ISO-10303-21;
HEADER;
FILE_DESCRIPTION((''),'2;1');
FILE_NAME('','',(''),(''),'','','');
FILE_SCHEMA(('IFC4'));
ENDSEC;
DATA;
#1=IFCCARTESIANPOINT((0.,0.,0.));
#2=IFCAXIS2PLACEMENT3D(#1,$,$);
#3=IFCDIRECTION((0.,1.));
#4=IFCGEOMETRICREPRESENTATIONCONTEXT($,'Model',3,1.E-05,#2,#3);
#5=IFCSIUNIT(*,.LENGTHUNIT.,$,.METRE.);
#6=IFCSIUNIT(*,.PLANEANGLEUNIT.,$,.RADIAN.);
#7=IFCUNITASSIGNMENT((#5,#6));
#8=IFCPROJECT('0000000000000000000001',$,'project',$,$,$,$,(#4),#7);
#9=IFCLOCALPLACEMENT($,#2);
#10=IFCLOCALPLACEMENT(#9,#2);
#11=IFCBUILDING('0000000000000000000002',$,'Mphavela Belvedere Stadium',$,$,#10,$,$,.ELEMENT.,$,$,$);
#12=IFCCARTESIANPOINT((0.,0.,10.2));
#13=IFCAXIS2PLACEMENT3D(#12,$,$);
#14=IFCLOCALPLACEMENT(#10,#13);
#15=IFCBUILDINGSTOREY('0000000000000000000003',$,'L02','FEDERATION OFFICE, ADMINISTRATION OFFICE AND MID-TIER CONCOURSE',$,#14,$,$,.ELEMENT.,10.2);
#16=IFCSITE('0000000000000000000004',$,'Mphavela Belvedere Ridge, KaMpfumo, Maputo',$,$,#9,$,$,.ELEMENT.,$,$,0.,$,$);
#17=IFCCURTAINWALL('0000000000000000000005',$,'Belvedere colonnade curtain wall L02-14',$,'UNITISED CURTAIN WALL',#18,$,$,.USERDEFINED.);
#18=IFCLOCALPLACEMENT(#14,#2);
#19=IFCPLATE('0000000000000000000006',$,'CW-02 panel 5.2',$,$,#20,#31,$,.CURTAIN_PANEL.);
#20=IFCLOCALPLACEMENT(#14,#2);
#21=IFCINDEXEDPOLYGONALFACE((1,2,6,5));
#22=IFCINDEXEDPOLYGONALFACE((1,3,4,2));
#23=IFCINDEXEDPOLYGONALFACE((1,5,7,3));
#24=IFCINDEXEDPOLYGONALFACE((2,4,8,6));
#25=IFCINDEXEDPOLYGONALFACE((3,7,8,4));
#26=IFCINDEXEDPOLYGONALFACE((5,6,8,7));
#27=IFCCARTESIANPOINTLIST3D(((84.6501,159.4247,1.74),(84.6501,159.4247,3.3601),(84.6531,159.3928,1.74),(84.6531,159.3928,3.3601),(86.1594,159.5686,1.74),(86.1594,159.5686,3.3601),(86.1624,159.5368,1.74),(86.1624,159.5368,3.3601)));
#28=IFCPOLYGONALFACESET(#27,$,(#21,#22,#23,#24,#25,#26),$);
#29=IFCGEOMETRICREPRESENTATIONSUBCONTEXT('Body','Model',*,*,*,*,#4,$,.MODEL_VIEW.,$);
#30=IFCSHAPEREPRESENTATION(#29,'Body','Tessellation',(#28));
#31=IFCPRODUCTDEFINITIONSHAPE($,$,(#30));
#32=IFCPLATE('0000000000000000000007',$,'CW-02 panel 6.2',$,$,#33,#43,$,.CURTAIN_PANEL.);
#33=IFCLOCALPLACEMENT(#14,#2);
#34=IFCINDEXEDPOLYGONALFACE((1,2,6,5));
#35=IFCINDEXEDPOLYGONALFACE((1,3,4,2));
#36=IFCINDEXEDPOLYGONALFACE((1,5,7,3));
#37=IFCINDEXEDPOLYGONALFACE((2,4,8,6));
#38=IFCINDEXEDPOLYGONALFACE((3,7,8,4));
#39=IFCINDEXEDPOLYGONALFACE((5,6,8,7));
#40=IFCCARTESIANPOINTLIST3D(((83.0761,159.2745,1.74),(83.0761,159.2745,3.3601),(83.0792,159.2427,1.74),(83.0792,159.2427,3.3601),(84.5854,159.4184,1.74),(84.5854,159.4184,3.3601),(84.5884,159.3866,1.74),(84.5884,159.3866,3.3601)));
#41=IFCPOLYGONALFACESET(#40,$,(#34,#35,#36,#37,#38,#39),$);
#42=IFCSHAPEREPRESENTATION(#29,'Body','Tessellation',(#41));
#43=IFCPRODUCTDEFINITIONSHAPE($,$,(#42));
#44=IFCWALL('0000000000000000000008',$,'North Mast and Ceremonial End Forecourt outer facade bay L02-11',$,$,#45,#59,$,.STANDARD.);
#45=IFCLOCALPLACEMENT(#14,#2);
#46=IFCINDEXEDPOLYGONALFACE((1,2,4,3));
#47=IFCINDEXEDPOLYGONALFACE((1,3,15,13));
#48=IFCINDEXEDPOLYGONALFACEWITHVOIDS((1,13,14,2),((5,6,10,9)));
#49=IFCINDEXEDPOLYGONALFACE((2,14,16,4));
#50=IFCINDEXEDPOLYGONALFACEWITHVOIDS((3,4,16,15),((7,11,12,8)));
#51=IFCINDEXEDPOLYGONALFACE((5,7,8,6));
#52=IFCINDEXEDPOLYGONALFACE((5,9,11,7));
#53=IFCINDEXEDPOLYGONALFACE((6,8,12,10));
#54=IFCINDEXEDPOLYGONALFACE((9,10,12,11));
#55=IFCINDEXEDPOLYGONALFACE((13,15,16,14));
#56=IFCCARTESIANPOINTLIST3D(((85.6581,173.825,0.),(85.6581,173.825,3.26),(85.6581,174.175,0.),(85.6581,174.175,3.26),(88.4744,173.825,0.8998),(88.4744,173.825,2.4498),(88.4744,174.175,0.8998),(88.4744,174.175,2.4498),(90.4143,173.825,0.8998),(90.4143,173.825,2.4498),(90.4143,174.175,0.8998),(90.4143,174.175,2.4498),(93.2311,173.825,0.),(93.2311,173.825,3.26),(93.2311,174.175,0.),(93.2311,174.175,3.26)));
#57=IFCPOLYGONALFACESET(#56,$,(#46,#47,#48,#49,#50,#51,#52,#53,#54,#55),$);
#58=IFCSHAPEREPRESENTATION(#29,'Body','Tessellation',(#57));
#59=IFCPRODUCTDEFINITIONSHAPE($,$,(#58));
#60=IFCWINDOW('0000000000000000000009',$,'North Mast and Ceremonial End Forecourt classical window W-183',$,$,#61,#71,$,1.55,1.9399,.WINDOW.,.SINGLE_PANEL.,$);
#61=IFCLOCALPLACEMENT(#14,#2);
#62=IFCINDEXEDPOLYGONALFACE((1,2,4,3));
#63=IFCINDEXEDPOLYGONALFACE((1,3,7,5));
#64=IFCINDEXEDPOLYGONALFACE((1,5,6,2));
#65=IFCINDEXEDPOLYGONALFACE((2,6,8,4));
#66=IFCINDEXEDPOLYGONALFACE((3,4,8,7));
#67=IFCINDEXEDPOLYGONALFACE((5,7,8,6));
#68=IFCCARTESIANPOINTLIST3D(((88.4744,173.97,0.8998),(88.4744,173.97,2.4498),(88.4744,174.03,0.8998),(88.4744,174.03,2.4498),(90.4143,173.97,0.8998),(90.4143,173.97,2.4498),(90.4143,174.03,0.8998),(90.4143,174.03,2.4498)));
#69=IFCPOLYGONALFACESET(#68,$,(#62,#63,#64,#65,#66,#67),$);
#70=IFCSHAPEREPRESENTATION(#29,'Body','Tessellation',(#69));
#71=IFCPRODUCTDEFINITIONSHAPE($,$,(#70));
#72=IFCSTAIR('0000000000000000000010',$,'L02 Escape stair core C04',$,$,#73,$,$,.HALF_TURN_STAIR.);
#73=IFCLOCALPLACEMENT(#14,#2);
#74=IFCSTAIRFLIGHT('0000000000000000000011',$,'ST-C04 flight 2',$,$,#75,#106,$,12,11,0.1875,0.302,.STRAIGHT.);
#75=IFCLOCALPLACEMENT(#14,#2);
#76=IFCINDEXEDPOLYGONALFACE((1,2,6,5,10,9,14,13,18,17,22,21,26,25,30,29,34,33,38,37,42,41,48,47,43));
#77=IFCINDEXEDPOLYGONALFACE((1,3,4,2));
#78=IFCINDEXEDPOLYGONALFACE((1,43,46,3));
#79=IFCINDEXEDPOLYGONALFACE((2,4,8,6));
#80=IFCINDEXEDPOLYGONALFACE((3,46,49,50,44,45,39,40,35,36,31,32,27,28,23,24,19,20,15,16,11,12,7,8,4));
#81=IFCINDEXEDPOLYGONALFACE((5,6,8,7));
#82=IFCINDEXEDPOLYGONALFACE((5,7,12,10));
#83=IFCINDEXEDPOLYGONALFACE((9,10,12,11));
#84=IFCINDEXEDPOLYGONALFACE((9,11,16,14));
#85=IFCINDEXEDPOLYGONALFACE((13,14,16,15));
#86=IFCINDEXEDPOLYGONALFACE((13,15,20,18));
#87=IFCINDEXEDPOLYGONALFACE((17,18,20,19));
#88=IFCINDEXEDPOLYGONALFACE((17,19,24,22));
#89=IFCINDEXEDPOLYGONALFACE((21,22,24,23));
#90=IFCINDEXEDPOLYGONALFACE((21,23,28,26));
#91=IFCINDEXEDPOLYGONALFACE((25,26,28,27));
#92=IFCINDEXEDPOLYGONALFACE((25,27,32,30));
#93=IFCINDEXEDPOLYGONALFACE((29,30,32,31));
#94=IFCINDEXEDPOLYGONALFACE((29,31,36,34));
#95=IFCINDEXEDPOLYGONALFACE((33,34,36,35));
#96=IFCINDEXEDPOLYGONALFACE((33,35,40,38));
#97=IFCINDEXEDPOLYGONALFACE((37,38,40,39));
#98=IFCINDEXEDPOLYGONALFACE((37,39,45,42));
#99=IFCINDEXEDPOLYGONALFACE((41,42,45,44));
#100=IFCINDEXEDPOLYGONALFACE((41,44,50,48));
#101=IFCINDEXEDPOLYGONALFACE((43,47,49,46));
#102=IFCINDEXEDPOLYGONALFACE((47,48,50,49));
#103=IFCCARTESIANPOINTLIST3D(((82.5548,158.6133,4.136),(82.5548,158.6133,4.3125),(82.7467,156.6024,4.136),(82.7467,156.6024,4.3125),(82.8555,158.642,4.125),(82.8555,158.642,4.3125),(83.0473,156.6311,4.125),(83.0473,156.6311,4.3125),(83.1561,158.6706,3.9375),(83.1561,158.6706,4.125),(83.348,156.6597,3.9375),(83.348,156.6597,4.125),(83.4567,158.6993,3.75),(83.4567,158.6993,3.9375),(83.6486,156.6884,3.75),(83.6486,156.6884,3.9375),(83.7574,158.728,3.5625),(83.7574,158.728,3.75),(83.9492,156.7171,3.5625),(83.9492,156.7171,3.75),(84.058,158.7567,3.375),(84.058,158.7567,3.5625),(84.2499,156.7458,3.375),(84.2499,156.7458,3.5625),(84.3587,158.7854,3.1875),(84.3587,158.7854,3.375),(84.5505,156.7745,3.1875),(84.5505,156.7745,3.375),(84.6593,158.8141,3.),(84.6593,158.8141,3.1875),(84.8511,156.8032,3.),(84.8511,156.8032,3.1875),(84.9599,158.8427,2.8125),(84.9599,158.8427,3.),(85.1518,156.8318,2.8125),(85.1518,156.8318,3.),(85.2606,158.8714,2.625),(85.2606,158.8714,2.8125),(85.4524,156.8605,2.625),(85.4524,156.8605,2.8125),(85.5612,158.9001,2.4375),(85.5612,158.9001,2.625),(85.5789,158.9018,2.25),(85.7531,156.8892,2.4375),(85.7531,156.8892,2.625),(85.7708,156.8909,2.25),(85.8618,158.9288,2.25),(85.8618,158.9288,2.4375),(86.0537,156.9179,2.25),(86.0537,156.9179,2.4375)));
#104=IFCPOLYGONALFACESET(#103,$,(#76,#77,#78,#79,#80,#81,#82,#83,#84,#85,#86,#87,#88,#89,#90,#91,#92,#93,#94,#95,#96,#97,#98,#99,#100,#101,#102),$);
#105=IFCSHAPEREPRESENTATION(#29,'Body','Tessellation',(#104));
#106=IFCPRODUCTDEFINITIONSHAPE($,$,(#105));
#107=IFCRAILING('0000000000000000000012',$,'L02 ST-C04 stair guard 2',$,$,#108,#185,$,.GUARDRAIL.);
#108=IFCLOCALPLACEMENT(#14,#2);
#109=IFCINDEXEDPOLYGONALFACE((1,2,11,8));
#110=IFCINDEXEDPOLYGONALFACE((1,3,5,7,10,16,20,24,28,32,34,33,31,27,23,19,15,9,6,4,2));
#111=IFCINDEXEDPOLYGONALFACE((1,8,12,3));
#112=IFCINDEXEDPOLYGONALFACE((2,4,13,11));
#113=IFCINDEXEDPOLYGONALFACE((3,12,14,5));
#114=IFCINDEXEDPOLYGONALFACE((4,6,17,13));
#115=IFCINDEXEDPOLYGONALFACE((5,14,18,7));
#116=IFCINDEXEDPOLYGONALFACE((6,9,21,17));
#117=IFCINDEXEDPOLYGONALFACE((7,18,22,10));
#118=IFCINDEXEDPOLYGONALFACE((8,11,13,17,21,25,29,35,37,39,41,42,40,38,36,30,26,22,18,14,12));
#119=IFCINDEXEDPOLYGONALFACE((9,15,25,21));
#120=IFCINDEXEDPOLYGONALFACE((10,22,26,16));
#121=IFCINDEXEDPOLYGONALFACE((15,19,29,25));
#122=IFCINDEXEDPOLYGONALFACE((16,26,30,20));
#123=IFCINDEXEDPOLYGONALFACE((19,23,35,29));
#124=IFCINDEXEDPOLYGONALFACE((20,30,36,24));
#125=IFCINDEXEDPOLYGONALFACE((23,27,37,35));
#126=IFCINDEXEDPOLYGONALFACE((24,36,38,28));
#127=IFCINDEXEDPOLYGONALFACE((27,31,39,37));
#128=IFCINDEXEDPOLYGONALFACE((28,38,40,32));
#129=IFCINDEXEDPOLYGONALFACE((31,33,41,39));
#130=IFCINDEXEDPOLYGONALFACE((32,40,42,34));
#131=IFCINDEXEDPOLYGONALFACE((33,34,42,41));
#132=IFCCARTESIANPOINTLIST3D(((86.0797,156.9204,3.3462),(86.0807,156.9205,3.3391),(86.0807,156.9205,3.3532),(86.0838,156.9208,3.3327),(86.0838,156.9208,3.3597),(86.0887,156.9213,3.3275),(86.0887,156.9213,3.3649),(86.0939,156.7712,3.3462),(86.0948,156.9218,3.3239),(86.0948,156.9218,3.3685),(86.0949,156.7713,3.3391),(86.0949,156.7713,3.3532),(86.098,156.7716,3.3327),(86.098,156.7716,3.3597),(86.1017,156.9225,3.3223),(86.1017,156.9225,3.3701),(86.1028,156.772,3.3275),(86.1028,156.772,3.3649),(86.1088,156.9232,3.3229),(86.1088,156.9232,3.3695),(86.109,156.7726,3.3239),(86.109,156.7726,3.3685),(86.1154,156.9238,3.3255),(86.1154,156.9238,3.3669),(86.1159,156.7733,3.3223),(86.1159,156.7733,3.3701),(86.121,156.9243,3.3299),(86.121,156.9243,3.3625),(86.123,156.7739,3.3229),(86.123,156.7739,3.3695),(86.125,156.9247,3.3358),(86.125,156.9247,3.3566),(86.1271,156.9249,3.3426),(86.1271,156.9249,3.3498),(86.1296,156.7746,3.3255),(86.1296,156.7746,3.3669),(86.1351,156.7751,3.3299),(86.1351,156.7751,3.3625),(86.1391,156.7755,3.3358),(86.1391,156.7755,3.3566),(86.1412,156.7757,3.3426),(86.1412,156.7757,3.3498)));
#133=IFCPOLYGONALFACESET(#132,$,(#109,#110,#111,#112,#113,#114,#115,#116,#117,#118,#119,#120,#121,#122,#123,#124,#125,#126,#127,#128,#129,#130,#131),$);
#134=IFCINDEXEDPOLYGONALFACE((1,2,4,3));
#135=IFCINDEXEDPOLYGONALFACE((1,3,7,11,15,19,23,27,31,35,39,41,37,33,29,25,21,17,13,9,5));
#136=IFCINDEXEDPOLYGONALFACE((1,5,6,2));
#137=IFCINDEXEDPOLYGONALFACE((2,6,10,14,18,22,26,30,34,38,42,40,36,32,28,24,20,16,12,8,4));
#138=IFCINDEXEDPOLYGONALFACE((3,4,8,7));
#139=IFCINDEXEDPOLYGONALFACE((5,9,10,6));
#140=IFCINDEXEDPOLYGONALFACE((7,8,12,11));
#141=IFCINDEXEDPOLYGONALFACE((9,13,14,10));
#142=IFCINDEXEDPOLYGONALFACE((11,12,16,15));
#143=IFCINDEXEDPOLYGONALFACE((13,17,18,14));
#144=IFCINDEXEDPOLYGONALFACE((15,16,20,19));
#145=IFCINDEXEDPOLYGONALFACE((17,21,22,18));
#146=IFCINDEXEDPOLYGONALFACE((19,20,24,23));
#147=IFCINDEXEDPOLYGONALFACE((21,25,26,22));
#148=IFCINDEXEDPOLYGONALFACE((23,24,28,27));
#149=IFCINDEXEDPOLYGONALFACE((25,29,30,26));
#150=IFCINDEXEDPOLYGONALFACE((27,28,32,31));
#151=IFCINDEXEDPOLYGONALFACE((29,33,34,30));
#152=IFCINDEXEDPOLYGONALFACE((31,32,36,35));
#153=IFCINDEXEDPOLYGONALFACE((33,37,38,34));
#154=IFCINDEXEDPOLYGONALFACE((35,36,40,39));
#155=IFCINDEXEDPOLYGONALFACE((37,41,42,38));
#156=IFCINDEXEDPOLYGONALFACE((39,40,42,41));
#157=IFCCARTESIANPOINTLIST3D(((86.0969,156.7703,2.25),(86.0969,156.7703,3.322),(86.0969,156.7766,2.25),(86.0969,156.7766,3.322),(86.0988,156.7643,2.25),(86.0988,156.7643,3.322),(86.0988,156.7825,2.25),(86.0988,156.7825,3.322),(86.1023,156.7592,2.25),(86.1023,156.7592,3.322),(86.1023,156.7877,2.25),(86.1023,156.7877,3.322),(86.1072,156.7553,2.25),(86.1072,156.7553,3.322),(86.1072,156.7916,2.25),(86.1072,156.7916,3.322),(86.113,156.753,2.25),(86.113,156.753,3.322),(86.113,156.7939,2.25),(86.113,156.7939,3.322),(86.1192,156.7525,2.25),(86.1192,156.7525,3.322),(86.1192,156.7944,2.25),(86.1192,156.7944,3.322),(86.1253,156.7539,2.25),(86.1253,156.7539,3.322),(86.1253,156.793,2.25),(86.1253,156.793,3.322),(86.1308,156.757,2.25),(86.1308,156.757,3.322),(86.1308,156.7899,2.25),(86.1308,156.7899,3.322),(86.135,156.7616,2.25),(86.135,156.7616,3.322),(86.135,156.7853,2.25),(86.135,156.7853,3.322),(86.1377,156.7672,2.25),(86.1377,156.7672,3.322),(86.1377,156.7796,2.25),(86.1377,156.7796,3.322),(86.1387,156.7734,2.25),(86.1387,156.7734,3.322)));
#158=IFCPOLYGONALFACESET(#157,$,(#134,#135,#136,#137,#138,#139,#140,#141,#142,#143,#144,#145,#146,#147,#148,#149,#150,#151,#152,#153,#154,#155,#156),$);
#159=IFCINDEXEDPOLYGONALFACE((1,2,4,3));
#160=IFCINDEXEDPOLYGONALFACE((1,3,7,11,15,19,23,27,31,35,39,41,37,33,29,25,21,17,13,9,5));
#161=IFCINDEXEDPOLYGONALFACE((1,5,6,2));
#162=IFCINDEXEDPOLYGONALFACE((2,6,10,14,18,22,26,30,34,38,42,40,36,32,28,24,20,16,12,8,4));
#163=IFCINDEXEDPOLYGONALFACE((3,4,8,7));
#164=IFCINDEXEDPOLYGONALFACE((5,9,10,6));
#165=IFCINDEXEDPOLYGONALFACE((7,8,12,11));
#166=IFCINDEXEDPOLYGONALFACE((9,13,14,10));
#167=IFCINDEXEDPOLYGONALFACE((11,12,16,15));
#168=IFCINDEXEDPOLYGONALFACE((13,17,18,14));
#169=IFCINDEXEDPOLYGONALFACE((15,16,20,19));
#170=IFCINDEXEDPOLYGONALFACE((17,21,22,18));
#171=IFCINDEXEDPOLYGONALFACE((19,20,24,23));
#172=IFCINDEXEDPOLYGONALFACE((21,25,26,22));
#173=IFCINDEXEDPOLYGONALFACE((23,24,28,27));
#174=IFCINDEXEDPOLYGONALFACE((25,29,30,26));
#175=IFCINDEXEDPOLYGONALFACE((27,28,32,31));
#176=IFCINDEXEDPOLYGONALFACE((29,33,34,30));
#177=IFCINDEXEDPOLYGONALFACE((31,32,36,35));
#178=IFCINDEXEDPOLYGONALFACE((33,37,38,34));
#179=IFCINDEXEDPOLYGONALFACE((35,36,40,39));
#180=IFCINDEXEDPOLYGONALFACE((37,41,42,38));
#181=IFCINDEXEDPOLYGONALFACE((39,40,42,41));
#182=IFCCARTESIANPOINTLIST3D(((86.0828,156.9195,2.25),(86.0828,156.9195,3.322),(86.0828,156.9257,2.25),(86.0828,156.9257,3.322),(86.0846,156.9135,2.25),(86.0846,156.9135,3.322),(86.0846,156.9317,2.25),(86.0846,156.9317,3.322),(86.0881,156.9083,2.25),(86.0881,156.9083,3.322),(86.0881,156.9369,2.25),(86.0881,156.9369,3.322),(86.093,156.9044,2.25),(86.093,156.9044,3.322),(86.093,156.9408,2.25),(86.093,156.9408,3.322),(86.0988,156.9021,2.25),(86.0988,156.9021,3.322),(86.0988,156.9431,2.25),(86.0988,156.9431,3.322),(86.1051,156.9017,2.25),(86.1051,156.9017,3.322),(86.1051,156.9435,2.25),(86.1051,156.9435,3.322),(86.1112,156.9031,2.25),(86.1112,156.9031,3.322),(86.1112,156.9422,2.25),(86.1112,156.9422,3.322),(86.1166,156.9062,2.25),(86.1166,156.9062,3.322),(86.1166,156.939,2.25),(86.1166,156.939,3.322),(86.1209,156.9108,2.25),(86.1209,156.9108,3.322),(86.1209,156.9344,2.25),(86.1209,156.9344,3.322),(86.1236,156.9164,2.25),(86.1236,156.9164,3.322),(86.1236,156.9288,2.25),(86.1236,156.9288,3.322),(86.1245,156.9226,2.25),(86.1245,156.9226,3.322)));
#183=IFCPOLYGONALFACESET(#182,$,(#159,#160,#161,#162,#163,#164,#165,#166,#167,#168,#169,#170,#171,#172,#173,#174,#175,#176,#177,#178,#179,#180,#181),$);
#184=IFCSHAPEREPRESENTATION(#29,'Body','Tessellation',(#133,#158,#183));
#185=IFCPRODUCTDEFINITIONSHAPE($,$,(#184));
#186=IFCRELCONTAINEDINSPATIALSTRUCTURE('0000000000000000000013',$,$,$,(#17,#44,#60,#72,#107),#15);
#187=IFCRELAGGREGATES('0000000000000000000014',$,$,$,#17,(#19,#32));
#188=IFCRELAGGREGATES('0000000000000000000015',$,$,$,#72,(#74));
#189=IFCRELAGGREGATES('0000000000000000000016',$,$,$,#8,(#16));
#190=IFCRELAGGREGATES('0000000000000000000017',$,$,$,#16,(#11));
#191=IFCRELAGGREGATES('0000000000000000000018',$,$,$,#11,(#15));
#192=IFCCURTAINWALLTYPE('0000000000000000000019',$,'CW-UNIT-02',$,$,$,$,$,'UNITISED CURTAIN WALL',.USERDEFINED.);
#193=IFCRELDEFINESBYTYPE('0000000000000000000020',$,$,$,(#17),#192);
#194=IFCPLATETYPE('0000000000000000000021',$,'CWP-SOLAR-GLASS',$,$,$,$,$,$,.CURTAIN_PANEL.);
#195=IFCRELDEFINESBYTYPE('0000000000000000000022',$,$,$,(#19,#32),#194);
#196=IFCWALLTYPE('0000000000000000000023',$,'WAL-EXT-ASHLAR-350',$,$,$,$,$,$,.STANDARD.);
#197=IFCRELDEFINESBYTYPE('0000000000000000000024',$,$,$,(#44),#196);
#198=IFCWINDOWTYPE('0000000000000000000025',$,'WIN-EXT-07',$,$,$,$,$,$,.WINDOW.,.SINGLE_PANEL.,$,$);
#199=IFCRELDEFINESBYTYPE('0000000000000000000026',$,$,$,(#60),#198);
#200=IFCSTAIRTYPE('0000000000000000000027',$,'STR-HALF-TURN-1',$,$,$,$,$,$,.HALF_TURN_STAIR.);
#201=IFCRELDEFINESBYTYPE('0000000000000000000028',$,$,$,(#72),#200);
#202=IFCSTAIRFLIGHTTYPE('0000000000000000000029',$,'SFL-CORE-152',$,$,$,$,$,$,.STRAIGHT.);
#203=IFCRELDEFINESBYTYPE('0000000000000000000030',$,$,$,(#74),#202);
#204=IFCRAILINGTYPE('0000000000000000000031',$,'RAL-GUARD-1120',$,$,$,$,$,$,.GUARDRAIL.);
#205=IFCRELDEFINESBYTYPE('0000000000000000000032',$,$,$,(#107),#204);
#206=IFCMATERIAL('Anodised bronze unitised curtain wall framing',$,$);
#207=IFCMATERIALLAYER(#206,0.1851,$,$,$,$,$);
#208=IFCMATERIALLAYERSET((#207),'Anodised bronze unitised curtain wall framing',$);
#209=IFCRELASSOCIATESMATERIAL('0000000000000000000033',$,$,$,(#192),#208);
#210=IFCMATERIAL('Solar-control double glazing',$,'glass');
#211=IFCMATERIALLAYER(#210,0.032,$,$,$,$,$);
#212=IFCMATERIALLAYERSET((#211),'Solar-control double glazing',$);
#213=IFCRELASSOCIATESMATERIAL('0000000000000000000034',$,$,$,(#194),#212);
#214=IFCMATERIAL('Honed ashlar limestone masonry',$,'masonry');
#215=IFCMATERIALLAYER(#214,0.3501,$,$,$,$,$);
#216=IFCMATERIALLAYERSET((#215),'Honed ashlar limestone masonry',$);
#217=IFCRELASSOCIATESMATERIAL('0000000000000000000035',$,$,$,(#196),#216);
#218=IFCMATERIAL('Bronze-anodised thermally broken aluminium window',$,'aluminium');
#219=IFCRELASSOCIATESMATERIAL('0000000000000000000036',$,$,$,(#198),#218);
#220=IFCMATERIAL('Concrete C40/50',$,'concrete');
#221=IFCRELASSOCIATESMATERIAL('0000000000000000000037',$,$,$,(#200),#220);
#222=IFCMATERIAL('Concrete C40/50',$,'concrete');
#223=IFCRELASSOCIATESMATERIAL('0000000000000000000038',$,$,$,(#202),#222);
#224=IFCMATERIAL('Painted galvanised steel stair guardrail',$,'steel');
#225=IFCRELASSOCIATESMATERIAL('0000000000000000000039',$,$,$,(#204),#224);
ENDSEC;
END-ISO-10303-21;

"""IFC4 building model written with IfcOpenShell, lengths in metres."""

from ifc_helpers import new_model, si_unit, direction, frame, frame_2d, origin, origin_2d, place, context, subcontext, project, spatial, polyline, rectangle, circle, outline, extrude, material, layer, layer_set, type_object, element, fill, aggregate, save


model = new_model("IFC4")

# Units and contexts
model_context = context("Model", 3, precision=1e-05, world=origin(), true_north=direction((0.0, 1.0)))
body_context = subcontext(model_context, "Body", "Model", "MODEL_VIEW")
ifc_project = project(units=[si_unit("LENGTHUNIT", "METRE"), si_unit("PLANEANGLEUNIT", "RADIAN")], contexts=[model_context])

# Site, building, storey
site_placement = place(None, origin())
site = spatial("IfcSite", under=ifc_project, at=site_placement, Name="Mphavela Belvedere Ridge, KaMpfumo, Maputo", CompositionType="ELEMENT", RefElevation=0.0)
building_placement = place(site_placement, origin())
building = spatial("IfcBuilding", under=site, at=building_placement, Name="Mphavela Belvedere Stadium", CompositionType="ELEMENT")
storey_placement = place(building_placement, frame((0.0, 0.0, 10.2)))
storey = spatial("IfcBuildingStorey", under=building, at=storey_placement, Name="L02", Description="FEDERATION OFFICE, ADMINISTRATION OFFICE AND MID-TIER CONCOURSE", CompositionType="ELEMENT", Elevation=10.2)

# Curtain wall, plates
ifc_material_1 = material(Name="Anodised bronze unitised curtain wall framing")
ifc_layer_1 = layer(ifc_material_1, 0.1851)
ifc_layer_set_1 = layer_set([ifc_layer_1], Name="Anodised bronze unitised curtain wall framing")
curtain_wall_type = type_object("IfcCurtainWallType", Name="CW-UNIT-02", ElementType="UNITISED CURTAIN WALL", PredefinedType="USERDEFINED", material=ifc_layer_set_1)
curtain_wall_placement = place(storey_placement, origin())
curtain_wall = element("IfcCurtainWall", 1, at=curtain_wall_placement, inside=storey, type_object=curtain_wall_type, Name="Belvedere colonnade curtain wall L02-14", ObjectType="UNITISED CURTAIN WALL", PredefinedType="USERDEFINED")
ifc_material_2 = material(Name="Solar-control double glazing", Category="glass")
ifc_layer_2 = layer(ifc_material_2, 0.032)
ifc_layer_set_2 = layer_set([ifc_layer_2], Name="Solar-control double glazing")
plate_type = type_object("IfcPlateType", Name="CWP-SOLAR-GLASS", PredefinedType="CURTAIN_PANEL", material=ifc_layer_set_2)
plate_1_placement = place(storey_placement, frame((85.4062, 159.4807, 1.74), z_axis=(0.0, 0.0, 1.0), x_axis=(-0.995484, -0.094926, 0.0)))
plate_1 = element("IfcPlate", 2, at=plate_1_placement, type_object=plate_type, Name="CW-02 panel 5.2", PredefinedType="CURTAIN_PANEL", context=body_context, shape_type="SweptSolid", body=[
    extrude(rectangle(XDim=1.5161, YDim=0.032, at=origin_2d()), origin(), (0.0, 0.0, 1.0), 1.6201),
])
plate_2_placement = place(storey_placement, frame((83.8323, 159.3306, 1.74), z_axis=(0.0, 0.0, 1.0), x_axis=(-0.995484, -0.094926, 0.0)))
plate_2 = element("IfcPlate", 3, at=plate_2_placement, type_object=plate_type, Name="CW-02 panel 6.2", PredefinedType="CURTAIN_PANEL", context=body_context, shape_type="SweptSolid", body=[
    extrude(rectangle(XDim=1.5161, YDim=0.032, at=origin_2d()), origin(), (0.0, 0.0, 1.0), 1.6201),
])
aggregate(curtain_wall, [plate_1, plate_2])

# Wall, opening, window
ifc_material_3 = material(Name="Honed ashlar limestone masonry", Category="masonry")
ifc_layer_3 = layer(ifc_material_3, 0.3501)
ifc_layer_set_3 = layer_set([ifc_layer_3], Name="Honed ashlar limestone masonry")
wall_type = type_object("IfcWallType", Name="WAL-EXT-ASHLAR-350", PredefinedType="STANDARD", material=ifc_layer_set_3)
wall_placement = place(storey_placement, frame((85.658, 174.0, 0.0), z_axis=(0.0, 0.0, 1.0), x_axis=(1.0, 0.0, 0.0)))
wall = element("IfcWall", 4, at=wall_placement, inside=storey, type_object=wall_type, Name="North Mast and Ceremonial End Forecourt outer facade bay L02-11", PredefinedType="STANDARD", context=body_context, shape_type="SweptSolid", body=[
    extrude(rectangle(XDim=7.573, YDim=0.3501, at=frame_2d((3.7866, 0.0))), origin(), (0.0, 0.0, 1.0), 3.26),
])
opening_placement = place(wall_placement, frame((2.8164, 0.0, 0.8999)))
opening = element("IfcOpeningElement", 5, at=opening_placement, cuts=wall, PredefinedType="OPENING", context=body_context, shape_type="SweptSolid", body=[
    extrude(rectangle(XDim=1.9399, YDim=1.55, at=frame_2d((0.97, 0.7749))), frame((0.0, 0.1851, 0.0), z_axis=(0.0, -1.0, 0.0), x_axis=(1.0, 0.0, 0.0)), (0.0, 0.0, 1.0), 0.3701),
])
ifc_material_4 = material(Name="Bronze-anodised thermally broken aluminium window", Category="aluminium")
window_type = type_object("IfcWindowType", Name="WIN-EXT-07", PartitioningType="SINGLE_PANEL", PredefinedType="WINDOW", material=ifc_material_4)
window_placement = place(opening_placement, origin())
window = element("IfcWindow", 6, at=window_placement, inside=storey, type_object=window_type, Name="North Mast and Ceremonial End Forecourt classical window W-183", OverallHeight=1.55, OverallWidth=1.9399, PartitioningType="SINGLE_PANEL", PredefinedType="WINDOW", context=body_context, shape_type="SweptSolid", body=[
    extrude(rectangle(XDim=1.9399, YDim=1.55, at=frame_2d((0.97, 0.7749))), frame((0.0, 0.03, 0.0), z_axis=(0.0, -1.0, 0.0), x_axis=(1.0, 0.0, 0.0)), (0.0, 0.0, 1.0), 0.0601),
])
fill(opening, window)

# Stair, stair flight
ifc_material_5 = material(Name="Concrete C40/50", Category="concrete")
stair_type = type_object("IfcStairType", Name="STR-HALF-TURN-1", PredefinedType="HALF_TURN_STAIR", material=ifc_material_5)
stair_placement = place(storey_placement, origin())
stair = element("IfcStair", 7, at=stair_placement, inside=storey, type_object=stair_type, Name="L02 Escape stair core C04", PredefinedType="HALF_TURN_STAIR")
ifc_material_6 = material(Name="Concrete C40/50", Category="concrete")
stair_flight_type = type_object("IfcStairFlightType", Name="SFL-CORE-152", PredefinedType="STRAIGHT", material=ifc_material_6)
stair_flight_placement = place(storey_placement, frame((85.9578, 157.9233, 2.25), z_axis=(0.0, 0.0, 1.0), x_axis=(-0.995479, -0.094977, 0.0)))
stair_flight = element("IfcStairFlight", 8, at=stair_flight_placement, type_object=stair_flight_type, Name="ST-C04 flight 2", NumberOfRisers=12, NumberOfTreads=11, PredefinedType="STRAIGHT", RiserHeight=0.1875, TreadLength=0.302, context=body_context, shape_type="SweptSolid", body=[
    extrude(outline(polyline([(0.0, 0.0), (0.0, 0.1875), (0.302, 0.1875), (0.302, 0.375), (0.604, 0.375), (0.604, 0.5625), (0.906, 0.5625), (0.906, 0.75), (1.208, 0.75), (1.208, 0.9375), (1.51, 0.9375), (1.51, 1.125), (1.812, 1.125), (1.812, 1.3125), (2.114, 1.3125), (2.114, 1.5), (2.416, 1.5), (2.416, 1.6875), (2.718, 1.6875), (2.718, 1.875), (3.02, 1.875), (3.02, 2.0625), (3.322, 2.0625), (3.322, 2.25), (3.322, 1.886), (0.2842, 0.0), (0.0, 0.0)])), frame((0.0, 1.01, 0.0), z_axis=(0.0, -1.0, 0.0), x_axis=(1.0, 0.0, 0.0)), (0.0, 0.0, 1.0), 2.02),
])
aggregate(stair, [stair_flight])

# Railing
ifc_material_7 = material(Name="Painted galvanised steel stair guardrail", Category="steel")
railing_type_1 = type_object("IfcRailingType", Name="RAL-GUARD-1120", PredefinedType="GUARDRAIL", material=ifc_material_7)
railing_1_placement = place(storey_placement, frame((86.1177, 156.7734, 2.25)))
element("IfcRailing", 9, at=railing_1_placement, inside=storey, type_object=railing_type_1, Name="L02 ST-C04 stair guard 2", PredefinedType="GUARDRAIL", context=body_context, shape_type="SweptSolid", body=[
    extrude(circle(Radius=0.0239, at=origin_2d()), frame((0.0, 0.0, 1.0962), z_axis=(-0.094502, 0.995525, 0.0), x_axis=(-0.995525, -0.094502, 0.0)), (0.0, 0.0, 1.0), 0.1499),
    extrude(circle(Radius=0.021, at=origin_2d()), origin(), (0.0, 0.0, 1.0), 1.072),
    extrude(circle(Radius=0.021, at=origin_2d()), frame((-0.0142, 0.1492, 0.0)), (0.0, 0.0, 1.0), 1.072),
])

save(model, "model.ifc")
